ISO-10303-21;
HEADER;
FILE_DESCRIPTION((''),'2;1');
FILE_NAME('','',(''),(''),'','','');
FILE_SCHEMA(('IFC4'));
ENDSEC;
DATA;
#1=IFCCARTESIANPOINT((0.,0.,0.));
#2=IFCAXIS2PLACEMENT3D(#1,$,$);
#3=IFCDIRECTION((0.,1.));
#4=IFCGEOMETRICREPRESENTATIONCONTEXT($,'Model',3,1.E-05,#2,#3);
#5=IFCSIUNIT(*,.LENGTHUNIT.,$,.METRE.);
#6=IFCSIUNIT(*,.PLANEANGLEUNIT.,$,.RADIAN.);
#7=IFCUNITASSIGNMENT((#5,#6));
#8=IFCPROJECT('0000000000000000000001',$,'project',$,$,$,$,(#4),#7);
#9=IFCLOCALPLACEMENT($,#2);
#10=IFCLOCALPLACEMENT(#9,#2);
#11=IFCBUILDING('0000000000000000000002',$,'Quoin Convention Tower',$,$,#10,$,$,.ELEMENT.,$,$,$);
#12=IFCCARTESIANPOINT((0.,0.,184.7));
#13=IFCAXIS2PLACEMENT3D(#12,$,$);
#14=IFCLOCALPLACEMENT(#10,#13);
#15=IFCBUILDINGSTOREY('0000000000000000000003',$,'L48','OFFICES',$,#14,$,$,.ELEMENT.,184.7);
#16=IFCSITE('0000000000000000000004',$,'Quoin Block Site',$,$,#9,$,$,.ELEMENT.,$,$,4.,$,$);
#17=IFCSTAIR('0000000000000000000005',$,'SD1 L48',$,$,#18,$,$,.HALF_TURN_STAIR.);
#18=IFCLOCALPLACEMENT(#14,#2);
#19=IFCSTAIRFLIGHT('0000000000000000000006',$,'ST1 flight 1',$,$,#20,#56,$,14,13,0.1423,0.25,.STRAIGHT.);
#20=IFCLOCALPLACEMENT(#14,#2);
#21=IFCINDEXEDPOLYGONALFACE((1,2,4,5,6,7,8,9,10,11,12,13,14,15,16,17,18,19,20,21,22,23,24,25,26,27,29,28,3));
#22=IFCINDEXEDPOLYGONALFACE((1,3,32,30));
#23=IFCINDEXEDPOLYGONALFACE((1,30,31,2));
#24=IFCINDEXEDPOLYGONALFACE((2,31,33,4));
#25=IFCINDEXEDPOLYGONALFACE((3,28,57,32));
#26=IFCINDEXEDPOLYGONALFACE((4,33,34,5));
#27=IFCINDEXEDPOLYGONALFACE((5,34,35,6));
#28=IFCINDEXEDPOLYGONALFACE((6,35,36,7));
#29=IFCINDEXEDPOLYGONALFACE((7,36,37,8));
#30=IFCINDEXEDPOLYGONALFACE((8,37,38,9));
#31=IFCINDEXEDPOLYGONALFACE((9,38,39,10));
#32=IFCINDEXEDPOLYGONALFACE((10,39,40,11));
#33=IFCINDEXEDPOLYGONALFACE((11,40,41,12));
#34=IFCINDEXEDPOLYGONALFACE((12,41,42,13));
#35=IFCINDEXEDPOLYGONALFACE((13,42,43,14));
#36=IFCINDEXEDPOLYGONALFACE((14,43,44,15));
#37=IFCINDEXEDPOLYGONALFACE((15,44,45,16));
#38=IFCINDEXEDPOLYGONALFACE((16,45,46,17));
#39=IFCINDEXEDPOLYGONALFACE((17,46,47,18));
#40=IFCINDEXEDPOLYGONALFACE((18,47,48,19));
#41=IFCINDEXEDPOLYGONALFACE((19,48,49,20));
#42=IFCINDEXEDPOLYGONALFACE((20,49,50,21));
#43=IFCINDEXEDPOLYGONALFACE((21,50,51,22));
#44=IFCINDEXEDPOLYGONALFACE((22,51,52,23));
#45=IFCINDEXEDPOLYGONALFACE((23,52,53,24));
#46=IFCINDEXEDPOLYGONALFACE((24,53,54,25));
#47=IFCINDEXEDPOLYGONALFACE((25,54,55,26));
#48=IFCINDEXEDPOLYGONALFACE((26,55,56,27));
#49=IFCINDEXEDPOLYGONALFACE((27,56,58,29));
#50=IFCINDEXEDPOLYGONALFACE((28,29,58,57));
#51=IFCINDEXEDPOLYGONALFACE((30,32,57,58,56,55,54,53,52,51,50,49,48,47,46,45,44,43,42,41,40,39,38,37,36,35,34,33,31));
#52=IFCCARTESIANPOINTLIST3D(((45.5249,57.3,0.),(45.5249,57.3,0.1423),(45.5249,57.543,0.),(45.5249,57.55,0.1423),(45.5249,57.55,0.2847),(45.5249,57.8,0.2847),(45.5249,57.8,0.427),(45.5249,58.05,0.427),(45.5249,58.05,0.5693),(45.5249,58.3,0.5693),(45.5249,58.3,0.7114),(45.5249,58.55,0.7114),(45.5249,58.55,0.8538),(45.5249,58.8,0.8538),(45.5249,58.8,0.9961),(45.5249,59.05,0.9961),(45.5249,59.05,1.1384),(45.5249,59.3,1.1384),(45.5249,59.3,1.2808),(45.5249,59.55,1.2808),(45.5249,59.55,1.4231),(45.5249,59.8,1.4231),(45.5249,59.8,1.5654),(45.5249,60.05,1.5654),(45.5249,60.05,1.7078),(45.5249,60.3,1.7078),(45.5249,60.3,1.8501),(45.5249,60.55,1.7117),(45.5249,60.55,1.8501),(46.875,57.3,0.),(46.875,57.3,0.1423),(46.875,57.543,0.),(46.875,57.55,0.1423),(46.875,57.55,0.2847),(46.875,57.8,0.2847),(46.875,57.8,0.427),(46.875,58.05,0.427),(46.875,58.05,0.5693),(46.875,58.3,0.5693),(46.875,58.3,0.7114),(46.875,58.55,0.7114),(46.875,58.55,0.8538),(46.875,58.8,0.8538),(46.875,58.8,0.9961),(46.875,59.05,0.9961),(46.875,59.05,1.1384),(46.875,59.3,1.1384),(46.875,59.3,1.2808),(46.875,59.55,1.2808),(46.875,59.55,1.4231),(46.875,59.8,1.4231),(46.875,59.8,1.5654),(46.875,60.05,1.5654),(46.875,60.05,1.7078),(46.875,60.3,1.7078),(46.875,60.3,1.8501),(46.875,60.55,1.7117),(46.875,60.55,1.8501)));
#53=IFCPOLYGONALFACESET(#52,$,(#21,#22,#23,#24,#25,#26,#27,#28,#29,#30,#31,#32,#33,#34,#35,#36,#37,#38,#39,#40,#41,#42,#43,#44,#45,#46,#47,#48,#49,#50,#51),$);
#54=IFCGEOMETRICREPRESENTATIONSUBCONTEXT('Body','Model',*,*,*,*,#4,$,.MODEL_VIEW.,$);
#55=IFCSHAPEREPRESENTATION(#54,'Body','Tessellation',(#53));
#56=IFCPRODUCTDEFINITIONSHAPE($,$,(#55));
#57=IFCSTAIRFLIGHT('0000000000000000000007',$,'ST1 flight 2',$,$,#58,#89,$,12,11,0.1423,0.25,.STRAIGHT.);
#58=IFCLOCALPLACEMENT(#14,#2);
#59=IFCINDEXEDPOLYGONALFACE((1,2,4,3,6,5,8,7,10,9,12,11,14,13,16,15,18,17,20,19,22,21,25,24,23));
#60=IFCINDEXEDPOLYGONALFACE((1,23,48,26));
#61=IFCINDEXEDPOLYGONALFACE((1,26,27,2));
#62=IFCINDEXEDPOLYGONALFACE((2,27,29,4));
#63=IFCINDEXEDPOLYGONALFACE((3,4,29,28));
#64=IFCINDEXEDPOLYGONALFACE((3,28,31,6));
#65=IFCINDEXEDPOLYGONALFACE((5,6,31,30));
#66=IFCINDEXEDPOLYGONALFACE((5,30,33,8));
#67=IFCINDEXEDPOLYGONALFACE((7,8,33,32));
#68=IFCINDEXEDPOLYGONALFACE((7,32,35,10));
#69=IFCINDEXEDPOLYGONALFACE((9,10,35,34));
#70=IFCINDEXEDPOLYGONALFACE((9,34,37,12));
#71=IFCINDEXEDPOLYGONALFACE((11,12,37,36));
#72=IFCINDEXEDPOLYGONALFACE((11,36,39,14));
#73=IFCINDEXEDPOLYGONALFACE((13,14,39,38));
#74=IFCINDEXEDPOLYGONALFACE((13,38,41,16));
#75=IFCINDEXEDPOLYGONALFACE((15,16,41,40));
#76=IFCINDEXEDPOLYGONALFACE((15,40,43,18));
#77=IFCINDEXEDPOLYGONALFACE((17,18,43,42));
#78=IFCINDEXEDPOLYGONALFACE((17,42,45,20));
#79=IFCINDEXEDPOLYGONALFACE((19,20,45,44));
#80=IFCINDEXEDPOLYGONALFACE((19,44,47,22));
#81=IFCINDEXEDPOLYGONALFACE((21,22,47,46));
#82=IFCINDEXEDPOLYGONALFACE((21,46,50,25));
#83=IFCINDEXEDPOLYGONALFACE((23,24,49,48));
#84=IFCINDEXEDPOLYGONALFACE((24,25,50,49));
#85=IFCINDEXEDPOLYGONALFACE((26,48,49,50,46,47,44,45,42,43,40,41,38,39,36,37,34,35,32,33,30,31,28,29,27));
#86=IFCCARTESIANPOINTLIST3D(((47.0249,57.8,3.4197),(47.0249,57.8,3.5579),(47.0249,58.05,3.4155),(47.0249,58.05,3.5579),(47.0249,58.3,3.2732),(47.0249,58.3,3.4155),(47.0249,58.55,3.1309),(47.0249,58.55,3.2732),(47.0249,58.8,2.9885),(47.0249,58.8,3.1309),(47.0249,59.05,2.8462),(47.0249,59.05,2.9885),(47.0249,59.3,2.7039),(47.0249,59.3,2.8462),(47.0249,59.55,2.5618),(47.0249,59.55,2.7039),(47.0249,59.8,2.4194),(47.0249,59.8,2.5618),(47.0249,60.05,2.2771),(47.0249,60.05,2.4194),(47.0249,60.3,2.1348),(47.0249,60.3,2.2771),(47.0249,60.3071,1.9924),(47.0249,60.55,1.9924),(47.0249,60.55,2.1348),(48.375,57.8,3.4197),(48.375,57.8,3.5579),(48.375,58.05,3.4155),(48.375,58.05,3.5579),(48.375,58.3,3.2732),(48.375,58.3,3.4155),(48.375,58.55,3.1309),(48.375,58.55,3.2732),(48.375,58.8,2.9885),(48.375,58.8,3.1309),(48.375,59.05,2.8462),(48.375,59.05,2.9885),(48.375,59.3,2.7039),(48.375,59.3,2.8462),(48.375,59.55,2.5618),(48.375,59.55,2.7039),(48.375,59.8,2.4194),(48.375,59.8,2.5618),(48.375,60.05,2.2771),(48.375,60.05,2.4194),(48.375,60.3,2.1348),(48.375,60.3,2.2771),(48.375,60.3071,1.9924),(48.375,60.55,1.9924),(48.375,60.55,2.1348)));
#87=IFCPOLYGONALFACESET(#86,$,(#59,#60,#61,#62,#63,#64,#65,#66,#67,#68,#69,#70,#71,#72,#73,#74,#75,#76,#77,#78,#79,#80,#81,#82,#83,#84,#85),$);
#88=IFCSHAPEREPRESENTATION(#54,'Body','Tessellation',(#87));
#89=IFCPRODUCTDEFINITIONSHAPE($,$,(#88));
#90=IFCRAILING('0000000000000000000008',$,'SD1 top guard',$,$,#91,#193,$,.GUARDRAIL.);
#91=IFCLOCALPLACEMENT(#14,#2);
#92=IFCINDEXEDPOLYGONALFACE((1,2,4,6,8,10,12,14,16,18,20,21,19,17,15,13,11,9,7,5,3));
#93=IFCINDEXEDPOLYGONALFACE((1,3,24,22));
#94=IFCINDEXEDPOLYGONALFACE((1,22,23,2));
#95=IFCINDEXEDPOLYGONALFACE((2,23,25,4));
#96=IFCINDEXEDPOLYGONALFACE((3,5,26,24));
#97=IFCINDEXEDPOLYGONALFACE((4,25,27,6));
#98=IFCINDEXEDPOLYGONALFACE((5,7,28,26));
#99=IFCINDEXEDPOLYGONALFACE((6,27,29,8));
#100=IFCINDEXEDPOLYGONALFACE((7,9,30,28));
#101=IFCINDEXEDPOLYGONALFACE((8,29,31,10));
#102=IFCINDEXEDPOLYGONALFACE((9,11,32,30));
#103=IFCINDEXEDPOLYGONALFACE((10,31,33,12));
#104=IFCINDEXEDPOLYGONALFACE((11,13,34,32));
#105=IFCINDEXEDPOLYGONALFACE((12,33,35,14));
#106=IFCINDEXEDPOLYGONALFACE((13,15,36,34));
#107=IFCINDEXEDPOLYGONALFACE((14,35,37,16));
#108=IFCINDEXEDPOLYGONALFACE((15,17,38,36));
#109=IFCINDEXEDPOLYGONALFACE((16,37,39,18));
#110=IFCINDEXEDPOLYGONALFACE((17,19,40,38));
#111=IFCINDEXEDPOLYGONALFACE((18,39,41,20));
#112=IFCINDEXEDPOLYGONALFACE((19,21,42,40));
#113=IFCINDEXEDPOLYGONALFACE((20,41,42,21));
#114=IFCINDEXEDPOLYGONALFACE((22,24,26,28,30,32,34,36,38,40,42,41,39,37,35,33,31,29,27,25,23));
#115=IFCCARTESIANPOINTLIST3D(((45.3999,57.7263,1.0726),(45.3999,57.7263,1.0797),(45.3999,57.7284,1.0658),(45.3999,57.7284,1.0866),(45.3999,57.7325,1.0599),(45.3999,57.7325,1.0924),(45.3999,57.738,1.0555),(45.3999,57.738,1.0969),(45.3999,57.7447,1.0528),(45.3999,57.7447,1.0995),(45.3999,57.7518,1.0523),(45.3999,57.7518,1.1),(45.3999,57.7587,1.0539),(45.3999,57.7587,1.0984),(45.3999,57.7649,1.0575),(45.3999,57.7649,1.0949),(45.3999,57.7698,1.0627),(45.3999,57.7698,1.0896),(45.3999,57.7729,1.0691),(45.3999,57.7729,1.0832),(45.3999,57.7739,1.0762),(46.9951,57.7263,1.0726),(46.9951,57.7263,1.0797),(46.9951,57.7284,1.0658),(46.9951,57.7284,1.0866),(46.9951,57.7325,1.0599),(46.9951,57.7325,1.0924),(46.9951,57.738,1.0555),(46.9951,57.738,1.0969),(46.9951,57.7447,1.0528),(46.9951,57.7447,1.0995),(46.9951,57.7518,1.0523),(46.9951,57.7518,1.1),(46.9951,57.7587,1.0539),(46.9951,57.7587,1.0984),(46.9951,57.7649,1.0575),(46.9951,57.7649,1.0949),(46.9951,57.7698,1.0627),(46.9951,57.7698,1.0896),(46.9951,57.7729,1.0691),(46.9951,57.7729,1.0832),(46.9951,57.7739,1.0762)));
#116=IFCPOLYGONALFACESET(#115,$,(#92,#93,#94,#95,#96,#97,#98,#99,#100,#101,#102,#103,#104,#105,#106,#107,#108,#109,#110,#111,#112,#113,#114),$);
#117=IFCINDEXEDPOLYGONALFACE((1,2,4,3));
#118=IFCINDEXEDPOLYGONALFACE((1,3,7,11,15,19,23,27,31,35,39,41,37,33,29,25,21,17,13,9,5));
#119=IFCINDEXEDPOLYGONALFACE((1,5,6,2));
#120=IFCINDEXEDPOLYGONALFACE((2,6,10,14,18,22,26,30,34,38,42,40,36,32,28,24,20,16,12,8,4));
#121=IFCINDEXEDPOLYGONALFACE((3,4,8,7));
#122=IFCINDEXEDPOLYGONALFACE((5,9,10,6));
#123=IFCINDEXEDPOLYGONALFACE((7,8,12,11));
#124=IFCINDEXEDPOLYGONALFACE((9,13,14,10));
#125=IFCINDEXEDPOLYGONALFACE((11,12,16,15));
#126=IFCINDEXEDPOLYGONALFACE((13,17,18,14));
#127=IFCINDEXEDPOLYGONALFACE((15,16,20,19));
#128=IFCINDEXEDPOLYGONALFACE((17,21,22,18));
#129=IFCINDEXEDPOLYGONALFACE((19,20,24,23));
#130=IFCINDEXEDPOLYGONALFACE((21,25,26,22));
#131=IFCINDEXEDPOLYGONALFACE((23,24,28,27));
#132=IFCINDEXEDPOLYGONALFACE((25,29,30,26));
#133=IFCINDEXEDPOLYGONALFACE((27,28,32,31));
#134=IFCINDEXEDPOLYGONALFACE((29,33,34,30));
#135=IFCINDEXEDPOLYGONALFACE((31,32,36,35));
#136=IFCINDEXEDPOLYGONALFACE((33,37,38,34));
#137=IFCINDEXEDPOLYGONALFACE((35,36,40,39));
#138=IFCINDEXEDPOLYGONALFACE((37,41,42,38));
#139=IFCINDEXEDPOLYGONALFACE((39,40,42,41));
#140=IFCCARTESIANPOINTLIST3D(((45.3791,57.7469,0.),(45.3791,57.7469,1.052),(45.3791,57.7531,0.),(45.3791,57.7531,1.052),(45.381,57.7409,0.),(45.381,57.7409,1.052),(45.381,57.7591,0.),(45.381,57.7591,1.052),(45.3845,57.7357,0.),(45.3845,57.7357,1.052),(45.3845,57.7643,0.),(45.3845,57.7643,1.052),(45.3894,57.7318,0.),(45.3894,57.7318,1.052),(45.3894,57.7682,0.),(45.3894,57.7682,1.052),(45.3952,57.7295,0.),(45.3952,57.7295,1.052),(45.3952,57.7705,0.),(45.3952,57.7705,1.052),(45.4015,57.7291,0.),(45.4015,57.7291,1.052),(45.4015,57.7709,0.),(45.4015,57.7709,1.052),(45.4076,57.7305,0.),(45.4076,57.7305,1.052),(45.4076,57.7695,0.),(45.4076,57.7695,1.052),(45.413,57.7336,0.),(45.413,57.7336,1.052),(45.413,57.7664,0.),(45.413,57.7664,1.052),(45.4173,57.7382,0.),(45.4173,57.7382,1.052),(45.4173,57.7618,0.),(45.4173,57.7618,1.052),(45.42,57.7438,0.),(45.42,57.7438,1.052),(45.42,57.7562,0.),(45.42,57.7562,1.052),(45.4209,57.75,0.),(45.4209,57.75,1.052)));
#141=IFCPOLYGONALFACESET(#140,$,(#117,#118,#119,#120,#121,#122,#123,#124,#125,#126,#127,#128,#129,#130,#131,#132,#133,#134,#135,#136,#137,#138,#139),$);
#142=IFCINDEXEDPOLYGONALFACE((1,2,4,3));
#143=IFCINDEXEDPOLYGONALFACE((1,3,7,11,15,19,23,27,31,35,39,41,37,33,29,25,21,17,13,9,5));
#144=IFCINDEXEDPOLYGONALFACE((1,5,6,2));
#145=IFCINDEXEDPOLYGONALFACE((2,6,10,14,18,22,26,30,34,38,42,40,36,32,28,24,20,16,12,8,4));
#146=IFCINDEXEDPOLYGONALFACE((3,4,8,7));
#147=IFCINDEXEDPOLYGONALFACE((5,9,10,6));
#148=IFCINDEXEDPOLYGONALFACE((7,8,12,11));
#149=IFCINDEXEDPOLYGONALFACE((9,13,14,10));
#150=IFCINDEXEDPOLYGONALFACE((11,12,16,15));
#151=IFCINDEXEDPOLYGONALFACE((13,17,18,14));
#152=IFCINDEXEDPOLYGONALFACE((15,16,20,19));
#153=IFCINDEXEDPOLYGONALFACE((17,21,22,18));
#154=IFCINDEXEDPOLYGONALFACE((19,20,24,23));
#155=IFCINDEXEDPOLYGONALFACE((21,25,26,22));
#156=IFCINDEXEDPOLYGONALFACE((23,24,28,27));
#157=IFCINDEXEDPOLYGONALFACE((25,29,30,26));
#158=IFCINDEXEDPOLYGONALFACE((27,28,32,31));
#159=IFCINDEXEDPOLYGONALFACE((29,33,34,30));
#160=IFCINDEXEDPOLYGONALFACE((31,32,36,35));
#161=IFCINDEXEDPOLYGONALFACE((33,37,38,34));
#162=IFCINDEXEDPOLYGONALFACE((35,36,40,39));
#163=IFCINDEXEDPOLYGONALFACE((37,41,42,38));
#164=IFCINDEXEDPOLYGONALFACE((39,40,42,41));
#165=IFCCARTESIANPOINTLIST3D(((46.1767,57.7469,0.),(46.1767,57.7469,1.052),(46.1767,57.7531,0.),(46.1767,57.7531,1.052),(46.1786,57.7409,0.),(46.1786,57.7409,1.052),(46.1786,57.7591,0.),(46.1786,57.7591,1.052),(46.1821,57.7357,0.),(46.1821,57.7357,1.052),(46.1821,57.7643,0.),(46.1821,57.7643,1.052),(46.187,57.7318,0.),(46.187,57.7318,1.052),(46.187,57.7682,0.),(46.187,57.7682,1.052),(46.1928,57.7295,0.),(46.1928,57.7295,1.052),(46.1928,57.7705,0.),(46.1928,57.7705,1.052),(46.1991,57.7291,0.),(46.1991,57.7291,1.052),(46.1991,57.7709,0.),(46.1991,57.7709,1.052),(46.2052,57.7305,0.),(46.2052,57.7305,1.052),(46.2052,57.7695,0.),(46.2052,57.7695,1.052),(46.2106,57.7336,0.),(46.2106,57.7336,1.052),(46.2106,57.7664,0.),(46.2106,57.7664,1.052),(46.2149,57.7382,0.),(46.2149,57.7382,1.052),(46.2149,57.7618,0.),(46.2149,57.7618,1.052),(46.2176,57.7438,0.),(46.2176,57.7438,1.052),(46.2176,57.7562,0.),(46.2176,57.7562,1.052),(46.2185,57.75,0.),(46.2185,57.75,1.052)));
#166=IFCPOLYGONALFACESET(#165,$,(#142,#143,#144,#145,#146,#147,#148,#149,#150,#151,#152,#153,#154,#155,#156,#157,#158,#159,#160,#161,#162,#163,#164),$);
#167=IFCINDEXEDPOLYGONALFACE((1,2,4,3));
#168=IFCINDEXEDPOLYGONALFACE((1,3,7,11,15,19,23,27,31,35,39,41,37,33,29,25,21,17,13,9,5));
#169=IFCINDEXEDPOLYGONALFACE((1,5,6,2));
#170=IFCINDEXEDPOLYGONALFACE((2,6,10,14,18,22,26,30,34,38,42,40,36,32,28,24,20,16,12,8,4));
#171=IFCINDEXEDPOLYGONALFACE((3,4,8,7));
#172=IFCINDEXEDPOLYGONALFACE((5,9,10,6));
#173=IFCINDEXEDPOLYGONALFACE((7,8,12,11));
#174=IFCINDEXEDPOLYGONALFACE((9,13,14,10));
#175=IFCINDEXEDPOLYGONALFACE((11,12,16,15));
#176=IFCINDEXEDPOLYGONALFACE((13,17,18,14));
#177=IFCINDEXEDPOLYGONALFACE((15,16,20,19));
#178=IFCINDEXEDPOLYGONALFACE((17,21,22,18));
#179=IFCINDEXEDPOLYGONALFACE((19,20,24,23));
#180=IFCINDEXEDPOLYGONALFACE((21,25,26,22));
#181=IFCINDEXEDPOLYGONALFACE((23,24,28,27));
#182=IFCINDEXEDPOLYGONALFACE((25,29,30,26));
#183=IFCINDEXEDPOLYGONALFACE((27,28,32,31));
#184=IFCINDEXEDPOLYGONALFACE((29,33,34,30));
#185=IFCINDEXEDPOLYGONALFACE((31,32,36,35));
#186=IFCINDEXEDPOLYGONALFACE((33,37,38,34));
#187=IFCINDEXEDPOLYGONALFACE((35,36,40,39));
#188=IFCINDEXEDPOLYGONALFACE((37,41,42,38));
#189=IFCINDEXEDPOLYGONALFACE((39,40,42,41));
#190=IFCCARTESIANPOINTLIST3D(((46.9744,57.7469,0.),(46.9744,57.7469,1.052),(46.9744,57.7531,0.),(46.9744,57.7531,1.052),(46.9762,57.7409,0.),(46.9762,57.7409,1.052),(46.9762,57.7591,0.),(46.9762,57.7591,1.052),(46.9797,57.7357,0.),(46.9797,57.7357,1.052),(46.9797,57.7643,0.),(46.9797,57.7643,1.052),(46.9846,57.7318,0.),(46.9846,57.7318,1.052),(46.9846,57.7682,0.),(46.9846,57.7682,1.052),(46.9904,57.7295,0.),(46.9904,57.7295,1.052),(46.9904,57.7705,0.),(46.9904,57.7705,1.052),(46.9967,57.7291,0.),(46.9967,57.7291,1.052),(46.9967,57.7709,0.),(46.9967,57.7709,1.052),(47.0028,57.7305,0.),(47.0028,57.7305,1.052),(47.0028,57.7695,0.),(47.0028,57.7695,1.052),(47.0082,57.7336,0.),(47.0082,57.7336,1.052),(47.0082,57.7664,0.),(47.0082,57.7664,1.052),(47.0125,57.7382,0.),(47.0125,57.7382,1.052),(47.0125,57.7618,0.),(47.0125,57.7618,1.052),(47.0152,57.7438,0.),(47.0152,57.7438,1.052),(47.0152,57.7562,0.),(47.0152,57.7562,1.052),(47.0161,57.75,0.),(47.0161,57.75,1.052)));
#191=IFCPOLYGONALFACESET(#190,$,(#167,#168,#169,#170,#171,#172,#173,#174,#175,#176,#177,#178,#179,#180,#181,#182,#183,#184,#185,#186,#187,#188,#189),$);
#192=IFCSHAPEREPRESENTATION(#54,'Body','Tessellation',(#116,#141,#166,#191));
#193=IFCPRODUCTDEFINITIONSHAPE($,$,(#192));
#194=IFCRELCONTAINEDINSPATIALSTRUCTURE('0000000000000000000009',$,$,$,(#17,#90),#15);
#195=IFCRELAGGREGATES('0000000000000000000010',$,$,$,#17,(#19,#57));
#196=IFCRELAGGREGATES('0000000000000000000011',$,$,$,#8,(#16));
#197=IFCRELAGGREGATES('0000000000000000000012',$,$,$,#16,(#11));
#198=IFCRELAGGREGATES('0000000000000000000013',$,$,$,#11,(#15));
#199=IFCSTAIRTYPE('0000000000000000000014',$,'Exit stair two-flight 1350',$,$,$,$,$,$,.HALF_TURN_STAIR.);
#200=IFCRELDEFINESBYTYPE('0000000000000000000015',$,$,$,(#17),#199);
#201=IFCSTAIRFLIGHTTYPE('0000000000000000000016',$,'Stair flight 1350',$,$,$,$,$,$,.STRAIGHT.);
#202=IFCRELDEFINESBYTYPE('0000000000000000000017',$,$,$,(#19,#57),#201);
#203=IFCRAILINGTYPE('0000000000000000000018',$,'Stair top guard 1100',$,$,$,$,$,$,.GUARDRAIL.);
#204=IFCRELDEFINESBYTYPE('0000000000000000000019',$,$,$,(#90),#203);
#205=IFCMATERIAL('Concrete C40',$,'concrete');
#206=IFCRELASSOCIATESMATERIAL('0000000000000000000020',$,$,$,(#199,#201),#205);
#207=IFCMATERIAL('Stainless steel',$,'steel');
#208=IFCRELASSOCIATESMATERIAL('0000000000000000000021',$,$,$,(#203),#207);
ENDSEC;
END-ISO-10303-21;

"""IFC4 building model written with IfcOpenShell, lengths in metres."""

from ifc_helpers import new_model, si_unit, direction, frame, origin, origin_2d, place, context, subcontext, project, spatial, polyline, circle, outline, extrude, material, type_object, element, aggregate, save


model = new_model("IFC4")

# Units and contexts
model_context = context("Model", 3, precision=1e-05, world=origin(), true_north=direction((0.0, 1.0)))
body_context = subcontext(model_context, "Body", "Model", "MODEL_VIEW")
ifc_project = project(units=[si_unit("LENGTHUNIT", "METRE"), si_unit("PLANEANGLEUNIT", "RADIAN")], contexts=[model_context])

# Site, building, storey
site_placement = place(None, origin())
site = spatial("IfcSite", under=ifc_project, at=site_placement, Name="Quoin Block Site", CompositionType="ELEMENT", RefElevation=4.0)
building_placement = place(site_placement, origin())
building = spatial("IfcBuilding", under=site, at=building_placement, Name="Quoin Convention Tower", CompositionType="ELEMENT")
storey_placement = place(building_placement, frame((0.0, 0.0, 184.7)))
storey = spatial("IfcBuildingStorey", under=building, at=storey_placement, Name="L48", Description="OFFICES", CompositionType="ELEMENT", Elevation=184.7)

# Stair, stair flights
ifc_material_1 = material(Name="Concrete C40", Category="concrete")
stair_type = type_object("IfcStairType", Name="Exit stair two-flight 1350", PredefinedType="HALF_TURN_STAIR", material=ifc_material_1)
stair_placement = place(storey_placement, origin())
stair = element("IfcStair", 1, at=stair_placement, inside=storey, type_object=stair_type, Name="SD1 L48", PredefinedType="HALF_TURN_STAIR")
stair_flight_type = type_object("IfcStairFlightType", Name="Stair flight 1350", PredefinedType="STRAIGHT", material=ifc_material_1)
stair_flight_1_placement = place(storey_placement, frame((46.2, 57.3, 0.0), z_axis=(0.0, 0.0, 1.0), x_axis=(0.0, 1.0, 0.0)))
stair_flight_1 = element("IfcStairFlight", 2, at=stair_flight_1_placement, type_object=stair_flight_type, Name="ST1 flight 1", NumberOfRisers=14, NumberOfTreads=13, PredefinedType="STRAIGHT", RiserHeight=0.1423, TreadLength=0.25, context=body_context, shape_type="SweptSolid", body=[
    extrude(outline(polyline([(0.0, 0.0), (0.0, 0.1423), (0.25, 0.1423), (0.25, 0.2847), (0.5, 0.2847), (0.5, 0.427), (0.75, 0.427), (0.75, 0.5693), (1.0, 0.5693), (1.0, 0.7114), (1.25, 0.7114), (1.25, 0.8538), (1.5, 0.8538), (1.5, 0.9961), (1.75, 0.9961), (1.75, 1.1384), (2.0, 1.1384), (2.0, 1.2808), (2.25, 1.2808), (2.25, 1.4231), (2.5, 1.4231), (2.5, 1.5654), (2.75, 1.5654), (2.75, 1.7078), (3.0, 1.7078), (3.0, 1.8501), (3.25, 1.8501), (3.25, 1.9922), (3.25, 1.7117), (0.2429, 0.0), (0.0, 0.0)])), frame((0.0, 0.675, 0.0), z_axis=(0.0, -1.0, 0.0), x_axis=(1.0, 0.0, 0.0)), (0.0, 0.0, 1.0), 1.3501),
])
stair_flight_2_placement = place(storey_placement, frame((47.7, 60.55, 1.9924), z_axis=(0.0, 0.0, 1.0), x_axis=(0.0, -1.0, 0.0)))
stair_flight_2 = element("IfcStairFlight", 3, at=stair_flight_2_placement, type_object=stair_flight_type, Name="ST1 flight 2", NumberOfRisers=12, NumberOfTreads=11, PredefinedType="STRAIGHT", RiserHeight=0.1423, TreadLength=0.25, context=body_context, shape_type="SweptSolid", body=[
    extrude(outline(polyline([(0.0, 0.0), (0.0, 0.1423), (0.25, 0.1423), (0.25, 0.2847), (0.5, 0.2847), (0.5, 0.427), (0.75, 0.427), (0.75, 0.5693), (1.0, 0.5693), (1.0, 0.7114), (1.25, 0.7114), (1.25, 0.8538), (1.5, 0.8538), (1.5, 0.9961), (1.75, 0.9961), (1.75, 1.1384), (2.0, 1.1384), (2.0, 1.2808), (2.25, 1.2808), (2.25, 1.4231), (2.5, 1.4231), (2.5, 1.5654), (2.75, 1.5654), (2.75, 1.7078), (2.75, 1.4272), (0.2429, 0.0), (0.0, 0.0)])), frame((0.0, 0.675, 0.0), z_axis=(0.0, -1.0, 0.0), x_axis=(1.0, 0.0, 0.0)), (0.0, 0.0, 1.0), 1.3501),
])
aggregate(stair, [stair_flight_1, stair_flight_2])

# Railing
ifc_material_2 = material(Name="Stainless steel", Category="steel")
railing_type_1 = type_object("IfcRailingType", Name="Stair top guard 1100", PredefinedType="GUARDRAIL", material=ifc_material_2)
railing_1_placement = place(storey_placement, frame((45.3999, 57.75, 0.0)))
element("IfcRailing", 4, at=railing_1_placement, inside=storey, type_object=railing_type_1, Name="SD1 top guard", PredefinedType="GUARDRAIL", context=body_context, shape_type="SweptSolid", body=[
    extrude(circle(Radius=0.0239, at=origin_2d()), frame((0.0, 0.0, 1.0762), z_axis=(1.0, 0.0, 0.0), x_axis=(0.0, 1.0, 0.0)), (0.0, 0.0, 1.0), 1.5952),
    extrude(circle(Radius=0.021, at=origin_2d()), origin(), (0.0, 0.0, 1.0), 1.052),
    extrude(circle(Radius=0.021, at=origin_2d()), frame((0.7976, 0.0, 0.0)), (0.0, 0.0, 1.0), 1.052),
    extrude(circle(Radius=0.021, at=origin_2d()), frame((1.5952, 0.0, 0.0)), (0.0, 0.0, 1.0), 1.052),
])

save(model, "model.ifc")
